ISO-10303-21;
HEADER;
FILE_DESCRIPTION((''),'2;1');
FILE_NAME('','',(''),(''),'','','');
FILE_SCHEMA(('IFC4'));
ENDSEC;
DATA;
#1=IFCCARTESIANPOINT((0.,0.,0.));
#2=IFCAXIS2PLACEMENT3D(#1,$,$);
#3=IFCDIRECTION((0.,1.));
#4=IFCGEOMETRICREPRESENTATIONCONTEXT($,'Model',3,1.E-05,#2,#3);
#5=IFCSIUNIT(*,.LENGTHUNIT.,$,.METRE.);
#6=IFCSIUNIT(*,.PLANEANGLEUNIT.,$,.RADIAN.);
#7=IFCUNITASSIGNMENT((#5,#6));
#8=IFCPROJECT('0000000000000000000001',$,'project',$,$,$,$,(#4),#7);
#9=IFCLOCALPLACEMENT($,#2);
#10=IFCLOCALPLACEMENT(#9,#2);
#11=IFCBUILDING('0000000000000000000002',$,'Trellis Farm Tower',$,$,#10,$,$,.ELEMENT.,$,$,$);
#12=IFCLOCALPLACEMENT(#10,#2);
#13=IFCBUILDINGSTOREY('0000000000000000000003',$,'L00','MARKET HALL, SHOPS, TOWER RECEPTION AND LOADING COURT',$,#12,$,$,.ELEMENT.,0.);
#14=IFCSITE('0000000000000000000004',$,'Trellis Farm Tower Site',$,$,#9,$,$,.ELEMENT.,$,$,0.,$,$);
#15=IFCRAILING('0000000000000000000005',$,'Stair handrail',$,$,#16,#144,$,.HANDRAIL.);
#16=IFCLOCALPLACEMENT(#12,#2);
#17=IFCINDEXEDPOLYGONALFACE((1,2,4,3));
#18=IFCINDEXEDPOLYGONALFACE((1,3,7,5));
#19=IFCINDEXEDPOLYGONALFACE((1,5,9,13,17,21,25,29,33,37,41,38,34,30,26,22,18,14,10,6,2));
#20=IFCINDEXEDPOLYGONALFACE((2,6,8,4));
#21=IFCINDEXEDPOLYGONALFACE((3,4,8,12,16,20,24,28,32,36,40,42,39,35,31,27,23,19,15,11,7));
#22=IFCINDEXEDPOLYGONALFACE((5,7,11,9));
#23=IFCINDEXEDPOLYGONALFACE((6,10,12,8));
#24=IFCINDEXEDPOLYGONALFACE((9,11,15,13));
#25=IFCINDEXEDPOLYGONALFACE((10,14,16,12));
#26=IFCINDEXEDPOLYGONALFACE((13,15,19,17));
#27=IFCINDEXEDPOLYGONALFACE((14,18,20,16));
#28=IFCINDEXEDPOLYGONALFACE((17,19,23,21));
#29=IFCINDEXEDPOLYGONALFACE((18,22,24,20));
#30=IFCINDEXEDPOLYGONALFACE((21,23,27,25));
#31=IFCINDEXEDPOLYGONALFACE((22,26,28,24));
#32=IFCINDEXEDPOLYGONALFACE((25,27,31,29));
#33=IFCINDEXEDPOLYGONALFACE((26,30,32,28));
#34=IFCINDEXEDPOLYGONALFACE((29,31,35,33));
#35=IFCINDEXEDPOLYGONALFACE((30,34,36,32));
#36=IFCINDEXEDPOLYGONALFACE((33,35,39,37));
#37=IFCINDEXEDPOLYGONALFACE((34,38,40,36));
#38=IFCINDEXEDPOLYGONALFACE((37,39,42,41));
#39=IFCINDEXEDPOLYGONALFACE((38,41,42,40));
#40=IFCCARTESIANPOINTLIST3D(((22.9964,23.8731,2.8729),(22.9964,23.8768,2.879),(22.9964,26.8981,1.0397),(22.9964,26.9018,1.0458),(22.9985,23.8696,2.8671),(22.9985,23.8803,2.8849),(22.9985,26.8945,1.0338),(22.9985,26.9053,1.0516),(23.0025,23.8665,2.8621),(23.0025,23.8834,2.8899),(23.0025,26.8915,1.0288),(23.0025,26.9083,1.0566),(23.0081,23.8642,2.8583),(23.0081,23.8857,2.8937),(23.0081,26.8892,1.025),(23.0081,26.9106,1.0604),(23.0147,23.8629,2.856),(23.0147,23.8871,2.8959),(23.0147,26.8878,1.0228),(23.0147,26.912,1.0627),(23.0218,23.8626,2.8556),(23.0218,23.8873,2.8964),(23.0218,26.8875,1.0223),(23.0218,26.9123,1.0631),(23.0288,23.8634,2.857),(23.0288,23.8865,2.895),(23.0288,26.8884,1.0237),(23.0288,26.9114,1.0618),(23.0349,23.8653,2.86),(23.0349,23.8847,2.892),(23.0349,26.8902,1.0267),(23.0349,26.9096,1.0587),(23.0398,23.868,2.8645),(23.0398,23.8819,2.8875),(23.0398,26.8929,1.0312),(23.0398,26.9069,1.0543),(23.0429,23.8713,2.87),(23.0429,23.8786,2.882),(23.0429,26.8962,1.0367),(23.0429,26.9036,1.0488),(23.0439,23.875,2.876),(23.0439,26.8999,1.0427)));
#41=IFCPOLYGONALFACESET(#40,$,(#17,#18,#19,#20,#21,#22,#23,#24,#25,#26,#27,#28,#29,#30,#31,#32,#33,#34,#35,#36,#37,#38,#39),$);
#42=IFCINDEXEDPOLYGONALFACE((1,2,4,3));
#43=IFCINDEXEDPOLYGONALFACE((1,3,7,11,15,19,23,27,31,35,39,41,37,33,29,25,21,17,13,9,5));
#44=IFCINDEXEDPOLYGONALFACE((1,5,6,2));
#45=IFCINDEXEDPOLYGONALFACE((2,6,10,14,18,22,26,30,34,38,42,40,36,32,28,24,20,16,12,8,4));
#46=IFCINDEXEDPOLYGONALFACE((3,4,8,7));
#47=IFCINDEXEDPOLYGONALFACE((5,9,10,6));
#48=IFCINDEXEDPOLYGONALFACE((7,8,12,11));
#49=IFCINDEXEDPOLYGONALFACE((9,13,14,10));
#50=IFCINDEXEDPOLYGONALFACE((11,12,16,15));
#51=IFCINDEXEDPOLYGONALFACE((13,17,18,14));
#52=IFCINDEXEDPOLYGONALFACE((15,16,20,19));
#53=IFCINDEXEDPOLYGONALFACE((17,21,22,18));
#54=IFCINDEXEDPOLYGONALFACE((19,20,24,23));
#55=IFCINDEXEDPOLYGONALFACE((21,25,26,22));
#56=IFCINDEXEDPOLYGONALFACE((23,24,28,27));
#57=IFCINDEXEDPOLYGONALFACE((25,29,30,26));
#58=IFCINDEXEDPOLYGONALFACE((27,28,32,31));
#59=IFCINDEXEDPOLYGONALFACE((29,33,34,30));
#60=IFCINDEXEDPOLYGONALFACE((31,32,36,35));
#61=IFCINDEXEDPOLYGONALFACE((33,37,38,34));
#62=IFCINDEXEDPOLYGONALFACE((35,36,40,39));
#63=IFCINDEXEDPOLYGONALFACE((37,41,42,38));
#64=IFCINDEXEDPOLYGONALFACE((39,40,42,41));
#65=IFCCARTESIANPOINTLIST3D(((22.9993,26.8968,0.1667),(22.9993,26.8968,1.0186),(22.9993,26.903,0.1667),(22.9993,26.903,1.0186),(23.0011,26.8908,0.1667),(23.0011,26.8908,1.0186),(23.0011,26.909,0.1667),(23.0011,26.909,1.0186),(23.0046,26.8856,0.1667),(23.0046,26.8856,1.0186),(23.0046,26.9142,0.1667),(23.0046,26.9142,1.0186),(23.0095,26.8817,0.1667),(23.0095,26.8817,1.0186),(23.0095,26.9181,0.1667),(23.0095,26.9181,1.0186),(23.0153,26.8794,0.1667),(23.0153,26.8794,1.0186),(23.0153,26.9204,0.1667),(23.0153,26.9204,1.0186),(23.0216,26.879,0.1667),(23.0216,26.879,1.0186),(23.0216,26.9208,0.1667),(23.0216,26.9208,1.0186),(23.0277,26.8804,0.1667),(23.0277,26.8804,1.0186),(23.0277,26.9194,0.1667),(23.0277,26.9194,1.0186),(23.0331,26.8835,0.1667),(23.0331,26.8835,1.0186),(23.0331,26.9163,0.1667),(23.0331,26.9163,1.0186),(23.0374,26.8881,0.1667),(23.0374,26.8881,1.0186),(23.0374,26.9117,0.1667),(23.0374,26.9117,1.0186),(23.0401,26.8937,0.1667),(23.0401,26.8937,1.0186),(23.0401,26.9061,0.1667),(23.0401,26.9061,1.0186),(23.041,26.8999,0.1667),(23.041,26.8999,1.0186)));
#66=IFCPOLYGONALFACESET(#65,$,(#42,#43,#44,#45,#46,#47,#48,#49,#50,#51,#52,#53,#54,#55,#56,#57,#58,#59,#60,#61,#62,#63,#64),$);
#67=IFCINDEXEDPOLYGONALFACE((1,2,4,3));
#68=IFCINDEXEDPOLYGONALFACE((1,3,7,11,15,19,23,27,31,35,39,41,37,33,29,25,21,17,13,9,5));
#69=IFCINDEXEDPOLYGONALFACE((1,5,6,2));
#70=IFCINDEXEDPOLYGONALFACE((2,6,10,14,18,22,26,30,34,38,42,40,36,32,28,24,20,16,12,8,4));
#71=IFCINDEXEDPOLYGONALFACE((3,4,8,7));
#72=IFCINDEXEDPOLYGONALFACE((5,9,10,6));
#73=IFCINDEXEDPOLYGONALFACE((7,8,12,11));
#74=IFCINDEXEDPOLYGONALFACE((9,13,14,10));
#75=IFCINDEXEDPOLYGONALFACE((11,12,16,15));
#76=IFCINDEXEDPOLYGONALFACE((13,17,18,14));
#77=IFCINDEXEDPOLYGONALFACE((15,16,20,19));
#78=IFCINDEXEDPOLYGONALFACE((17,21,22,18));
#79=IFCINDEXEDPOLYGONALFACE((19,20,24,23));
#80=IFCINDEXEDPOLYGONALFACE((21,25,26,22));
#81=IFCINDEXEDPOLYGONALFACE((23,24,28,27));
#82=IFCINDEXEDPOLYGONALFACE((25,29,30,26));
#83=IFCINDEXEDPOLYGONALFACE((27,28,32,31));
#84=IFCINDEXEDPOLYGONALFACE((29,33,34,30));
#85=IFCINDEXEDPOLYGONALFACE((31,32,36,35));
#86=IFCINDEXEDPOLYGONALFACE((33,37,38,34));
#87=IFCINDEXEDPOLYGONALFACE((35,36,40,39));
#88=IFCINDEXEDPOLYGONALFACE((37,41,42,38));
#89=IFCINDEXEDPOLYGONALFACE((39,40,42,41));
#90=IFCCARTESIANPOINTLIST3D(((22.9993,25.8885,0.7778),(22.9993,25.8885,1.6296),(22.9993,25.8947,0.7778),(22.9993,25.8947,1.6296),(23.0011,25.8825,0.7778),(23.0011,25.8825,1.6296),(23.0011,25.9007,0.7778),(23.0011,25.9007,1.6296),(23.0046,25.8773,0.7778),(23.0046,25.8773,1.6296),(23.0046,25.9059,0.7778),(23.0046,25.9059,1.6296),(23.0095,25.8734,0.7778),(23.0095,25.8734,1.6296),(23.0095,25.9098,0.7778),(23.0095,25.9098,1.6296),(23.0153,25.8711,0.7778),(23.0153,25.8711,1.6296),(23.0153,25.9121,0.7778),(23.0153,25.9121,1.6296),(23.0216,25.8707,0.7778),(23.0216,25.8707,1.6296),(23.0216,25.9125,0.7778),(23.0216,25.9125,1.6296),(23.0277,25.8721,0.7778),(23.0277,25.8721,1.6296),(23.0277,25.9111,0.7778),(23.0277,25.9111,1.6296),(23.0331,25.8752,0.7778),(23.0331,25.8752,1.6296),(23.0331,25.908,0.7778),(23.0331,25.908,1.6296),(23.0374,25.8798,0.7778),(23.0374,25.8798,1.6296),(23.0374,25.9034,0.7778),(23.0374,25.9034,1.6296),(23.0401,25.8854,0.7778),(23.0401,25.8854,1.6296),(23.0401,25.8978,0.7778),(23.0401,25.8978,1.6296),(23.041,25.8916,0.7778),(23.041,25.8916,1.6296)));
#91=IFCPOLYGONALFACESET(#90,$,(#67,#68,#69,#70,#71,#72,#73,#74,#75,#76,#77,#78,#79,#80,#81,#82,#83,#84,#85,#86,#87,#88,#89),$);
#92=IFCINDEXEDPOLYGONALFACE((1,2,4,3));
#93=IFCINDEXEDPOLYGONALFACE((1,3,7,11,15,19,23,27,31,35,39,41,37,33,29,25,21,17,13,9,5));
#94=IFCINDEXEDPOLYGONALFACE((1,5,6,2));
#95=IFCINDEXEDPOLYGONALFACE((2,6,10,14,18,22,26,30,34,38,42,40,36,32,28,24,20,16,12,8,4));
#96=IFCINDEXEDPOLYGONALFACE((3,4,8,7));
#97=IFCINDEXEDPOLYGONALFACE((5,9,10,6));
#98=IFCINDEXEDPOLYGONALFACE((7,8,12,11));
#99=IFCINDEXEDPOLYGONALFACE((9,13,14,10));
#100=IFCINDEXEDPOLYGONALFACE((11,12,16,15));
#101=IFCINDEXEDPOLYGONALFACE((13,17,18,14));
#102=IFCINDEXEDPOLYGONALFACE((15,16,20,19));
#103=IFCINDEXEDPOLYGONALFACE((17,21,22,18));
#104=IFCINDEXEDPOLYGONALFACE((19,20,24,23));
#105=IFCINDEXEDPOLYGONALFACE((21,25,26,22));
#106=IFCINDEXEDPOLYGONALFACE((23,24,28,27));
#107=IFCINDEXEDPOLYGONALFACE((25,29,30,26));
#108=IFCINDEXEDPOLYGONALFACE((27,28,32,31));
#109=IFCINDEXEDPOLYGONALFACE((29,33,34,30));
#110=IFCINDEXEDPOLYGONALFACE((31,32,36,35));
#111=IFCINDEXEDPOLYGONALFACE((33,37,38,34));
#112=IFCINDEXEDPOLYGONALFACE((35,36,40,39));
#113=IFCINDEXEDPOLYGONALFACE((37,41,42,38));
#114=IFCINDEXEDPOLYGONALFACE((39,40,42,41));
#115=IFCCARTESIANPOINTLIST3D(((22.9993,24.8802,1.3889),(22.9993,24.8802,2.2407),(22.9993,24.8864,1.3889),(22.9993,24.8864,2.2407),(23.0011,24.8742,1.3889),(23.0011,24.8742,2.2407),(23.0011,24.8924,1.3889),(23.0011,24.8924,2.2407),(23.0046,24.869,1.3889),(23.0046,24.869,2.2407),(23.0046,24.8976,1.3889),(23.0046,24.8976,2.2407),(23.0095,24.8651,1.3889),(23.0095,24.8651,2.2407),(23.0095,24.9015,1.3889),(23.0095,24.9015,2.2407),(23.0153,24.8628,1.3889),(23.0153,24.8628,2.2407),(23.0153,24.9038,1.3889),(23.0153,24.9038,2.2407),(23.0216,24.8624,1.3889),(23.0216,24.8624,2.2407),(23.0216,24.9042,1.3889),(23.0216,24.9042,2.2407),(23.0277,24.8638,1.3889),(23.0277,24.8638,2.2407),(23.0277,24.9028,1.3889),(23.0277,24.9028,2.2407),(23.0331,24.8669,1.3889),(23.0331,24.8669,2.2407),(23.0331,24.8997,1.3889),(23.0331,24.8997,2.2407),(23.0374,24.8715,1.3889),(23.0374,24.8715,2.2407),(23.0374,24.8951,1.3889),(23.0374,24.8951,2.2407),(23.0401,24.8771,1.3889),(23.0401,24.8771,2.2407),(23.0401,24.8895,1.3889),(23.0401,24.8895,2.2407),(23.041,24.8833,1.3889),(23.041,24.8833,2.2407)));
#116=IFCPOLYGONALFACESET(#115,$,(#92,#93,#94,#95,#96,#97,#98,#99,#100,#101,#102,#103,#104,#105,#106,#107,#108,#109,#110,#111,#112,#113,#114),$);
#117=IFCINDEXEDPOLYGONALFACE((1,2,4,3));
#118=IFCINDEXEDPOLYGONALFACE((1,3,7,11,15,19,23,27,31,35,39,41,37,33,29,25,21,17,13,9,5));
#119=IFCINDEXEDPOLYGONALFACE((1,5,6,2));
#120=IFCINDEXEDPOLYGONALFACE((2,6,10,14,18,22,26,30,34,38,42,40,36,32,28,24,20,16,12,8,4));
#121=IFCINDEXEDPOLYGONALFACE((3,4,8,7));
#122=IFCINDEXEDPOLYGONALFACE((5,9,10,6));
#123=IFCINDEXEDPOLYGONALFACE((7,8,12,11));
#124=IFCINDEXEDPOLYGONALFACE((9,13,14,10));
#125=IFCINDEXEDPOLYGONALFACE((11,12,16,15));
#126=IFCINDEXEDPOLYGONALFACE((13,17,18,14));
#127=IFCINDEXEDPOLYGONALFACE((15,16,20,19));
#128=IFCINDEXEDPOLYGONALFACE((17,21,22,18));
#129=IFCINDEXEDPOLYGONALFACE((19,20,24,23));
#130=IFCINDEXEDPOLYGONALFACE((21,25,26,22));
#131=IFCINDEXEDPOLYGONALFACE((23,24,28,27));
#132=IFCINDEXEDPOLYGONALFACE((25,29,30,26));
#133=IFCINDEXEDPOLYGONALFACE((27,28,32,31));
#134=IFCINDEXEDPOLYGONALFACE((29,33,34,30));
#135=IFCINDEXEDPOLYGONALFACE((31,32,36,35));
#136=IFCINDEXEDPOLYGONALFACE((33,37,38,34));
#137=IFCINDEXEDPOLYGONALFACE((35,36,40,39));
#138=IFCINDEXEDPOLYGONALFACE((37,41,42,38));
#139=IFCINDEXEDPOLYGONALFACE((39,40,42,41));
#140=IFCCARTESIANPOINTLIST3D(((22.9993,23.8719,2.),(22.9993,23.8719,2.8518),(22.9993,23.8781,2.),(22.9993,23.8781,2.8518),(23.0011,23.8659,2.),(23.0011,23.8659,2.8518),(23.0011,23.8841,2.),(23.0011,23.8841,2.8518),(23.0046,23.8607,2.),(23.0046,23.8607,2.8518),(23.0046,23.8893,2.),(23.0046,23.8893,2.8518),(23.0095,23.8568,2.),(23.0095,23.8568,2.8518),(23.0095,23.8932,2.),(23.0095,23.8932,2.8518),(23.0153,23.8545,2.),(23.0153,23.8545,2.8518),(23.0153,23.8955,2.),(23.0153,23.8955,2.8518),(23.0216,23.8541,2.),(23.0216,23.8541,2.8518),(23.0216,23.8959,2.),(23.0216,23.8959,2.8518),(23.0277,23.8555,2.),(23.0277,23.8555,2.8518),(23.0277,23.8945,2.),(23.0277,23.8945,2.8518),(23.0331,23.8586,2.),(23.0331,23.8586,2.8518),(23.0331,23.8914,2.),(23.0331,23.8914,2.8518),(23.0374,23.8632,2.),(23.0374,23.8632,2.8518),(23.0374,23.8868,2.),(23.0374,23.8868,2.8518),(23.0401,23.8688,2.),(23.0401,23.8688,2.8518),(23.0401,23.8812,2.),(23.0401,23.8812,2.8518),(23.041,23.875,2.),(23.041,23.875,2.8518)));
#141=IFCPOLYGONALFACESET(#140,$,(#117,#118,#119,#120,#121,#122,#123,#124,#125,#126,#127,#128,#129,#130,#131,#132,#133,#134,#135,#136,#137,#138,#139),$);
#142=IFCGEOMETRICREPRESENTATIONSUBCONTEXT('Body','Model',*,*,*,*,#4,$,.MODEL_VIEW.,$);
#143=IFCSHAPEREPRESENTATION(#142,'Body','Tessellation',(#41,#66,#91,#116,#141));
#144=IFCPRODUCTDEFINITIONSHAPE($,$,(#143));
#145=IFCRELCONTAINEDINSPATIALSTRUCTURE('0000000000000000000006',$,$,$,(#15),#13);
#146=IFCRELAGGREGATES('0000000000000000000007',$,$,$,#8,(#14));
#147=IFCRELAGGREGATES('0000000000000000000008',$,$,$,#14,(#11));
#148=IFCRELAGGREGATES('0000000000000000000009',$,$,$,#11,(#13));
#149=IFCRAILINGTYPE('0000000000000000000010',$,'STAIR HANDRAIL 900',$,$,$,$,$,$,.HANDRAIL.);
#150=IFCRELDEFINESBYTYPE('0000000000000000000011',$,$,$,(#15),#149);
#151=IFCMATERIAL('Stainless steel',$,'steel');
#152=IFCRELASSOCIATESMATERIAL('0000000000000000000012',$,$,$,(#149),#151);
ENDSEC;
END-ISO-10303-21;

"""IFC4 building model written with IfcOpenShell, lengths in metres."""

from ifc_helpers import new_model, si_unit, direction, frame, origin, origin_2d, place, context, subcontext, project, spatial, circle, extrude, source, transform, mapped, material, type_object, element, save


model = new_model("IFC4")

# Units and contexts
model_context = context("Model", 3, precision=1e-05, world=origin(), true_north=direction((0.0, 1.0)))
body_context = subcontext(model_context, "Body", "Model", "MODEL_VIEW")
ifc_project = project(units=[si_unit("LENGTHUNIT", "METRE"), si_unit("PLANEANGLEUNIT", "RADIAN")], contexts=[model_context])

# Site, building, storey
site_placement = place(None, origin())
site = spatial("IfcSite", under=ifc_project, at=site_placement, Name="Trellis Farm Tower Site", CompositionType="ELEMENT", RefElevation=0.0)
building_placement = place(site_placement, origin())
building = spatial("IfcBuilding", under=site, at=building_placement, Name="Trellis Farm Tower", CompositionType="ELEMENT")
storey_placement = place(building_placement, origin())
storey = spatial("IfcBuildingStorey", under=building, at=storey_placement, Name="L00", Description="MARKET HALL, SHOPS, TOWER RECEPTION AND LOADING COURT", CompositionType="ELEMENT", Elevation=0.0)

# Railing
ifc_material_1 = material(Name="Stainless steel", Category="steel")
railing_type = type_object("IfcRailingType", Name="STAIR HANDRAIL 900", PredefinedType="HANDRAIL", material=ifc_material_1)
shared_shape_1 = source(origin(), body_context, "Body", "SweptSolid", [
    extrude(circle(Radius=0.0239, at=origin_2d()), frame((0.0, 0.0, 0.876), z_axis=(0.0, -0.855201, 0.518297), x_axis=(1.0, 0.0, 0.0)), (0.0, 0.0, 1.0), 3.5371),
    extrude(circle(Radius=0.021, at=origin_2d()), origin(), (0.0, 0.0, 1.0), 0.8518),
    extrude(circle(Radius=0.021, at=origin_2d()), frame((0.0, -1.0083, 0.6111)), (0.0, 0.0, 1.0), 0.8518),
    extrude(circle(Radius=0.021, at=origin_2d()), frame((0.0, -2.0166, 1.2222)), (0.0, 0.0, 1.0), 0.8518),
    extrude(circle(Radius=0.021, at=origin_2d()), frame((0.0, -3.0249, 1.8333)), (0.0, 0.0, 1.0), 0.8518),
])
for number, where, name in (
    (1, (23.02, 26.8999, 0.1667), "Stair handrail"),
):
    element("IfcRailing", number, at=place(storey_placement, frame(where)), inside=storey, type_object=railing_type, Name=name, PredefinedType="HANDRAIL", context=body_context, shape_type="MappedRepresentation", body=[
        mapped(shared_shape_1, transform((0.0, 0.0, 0.0))),
    ])

save(model, "model.ifc")
